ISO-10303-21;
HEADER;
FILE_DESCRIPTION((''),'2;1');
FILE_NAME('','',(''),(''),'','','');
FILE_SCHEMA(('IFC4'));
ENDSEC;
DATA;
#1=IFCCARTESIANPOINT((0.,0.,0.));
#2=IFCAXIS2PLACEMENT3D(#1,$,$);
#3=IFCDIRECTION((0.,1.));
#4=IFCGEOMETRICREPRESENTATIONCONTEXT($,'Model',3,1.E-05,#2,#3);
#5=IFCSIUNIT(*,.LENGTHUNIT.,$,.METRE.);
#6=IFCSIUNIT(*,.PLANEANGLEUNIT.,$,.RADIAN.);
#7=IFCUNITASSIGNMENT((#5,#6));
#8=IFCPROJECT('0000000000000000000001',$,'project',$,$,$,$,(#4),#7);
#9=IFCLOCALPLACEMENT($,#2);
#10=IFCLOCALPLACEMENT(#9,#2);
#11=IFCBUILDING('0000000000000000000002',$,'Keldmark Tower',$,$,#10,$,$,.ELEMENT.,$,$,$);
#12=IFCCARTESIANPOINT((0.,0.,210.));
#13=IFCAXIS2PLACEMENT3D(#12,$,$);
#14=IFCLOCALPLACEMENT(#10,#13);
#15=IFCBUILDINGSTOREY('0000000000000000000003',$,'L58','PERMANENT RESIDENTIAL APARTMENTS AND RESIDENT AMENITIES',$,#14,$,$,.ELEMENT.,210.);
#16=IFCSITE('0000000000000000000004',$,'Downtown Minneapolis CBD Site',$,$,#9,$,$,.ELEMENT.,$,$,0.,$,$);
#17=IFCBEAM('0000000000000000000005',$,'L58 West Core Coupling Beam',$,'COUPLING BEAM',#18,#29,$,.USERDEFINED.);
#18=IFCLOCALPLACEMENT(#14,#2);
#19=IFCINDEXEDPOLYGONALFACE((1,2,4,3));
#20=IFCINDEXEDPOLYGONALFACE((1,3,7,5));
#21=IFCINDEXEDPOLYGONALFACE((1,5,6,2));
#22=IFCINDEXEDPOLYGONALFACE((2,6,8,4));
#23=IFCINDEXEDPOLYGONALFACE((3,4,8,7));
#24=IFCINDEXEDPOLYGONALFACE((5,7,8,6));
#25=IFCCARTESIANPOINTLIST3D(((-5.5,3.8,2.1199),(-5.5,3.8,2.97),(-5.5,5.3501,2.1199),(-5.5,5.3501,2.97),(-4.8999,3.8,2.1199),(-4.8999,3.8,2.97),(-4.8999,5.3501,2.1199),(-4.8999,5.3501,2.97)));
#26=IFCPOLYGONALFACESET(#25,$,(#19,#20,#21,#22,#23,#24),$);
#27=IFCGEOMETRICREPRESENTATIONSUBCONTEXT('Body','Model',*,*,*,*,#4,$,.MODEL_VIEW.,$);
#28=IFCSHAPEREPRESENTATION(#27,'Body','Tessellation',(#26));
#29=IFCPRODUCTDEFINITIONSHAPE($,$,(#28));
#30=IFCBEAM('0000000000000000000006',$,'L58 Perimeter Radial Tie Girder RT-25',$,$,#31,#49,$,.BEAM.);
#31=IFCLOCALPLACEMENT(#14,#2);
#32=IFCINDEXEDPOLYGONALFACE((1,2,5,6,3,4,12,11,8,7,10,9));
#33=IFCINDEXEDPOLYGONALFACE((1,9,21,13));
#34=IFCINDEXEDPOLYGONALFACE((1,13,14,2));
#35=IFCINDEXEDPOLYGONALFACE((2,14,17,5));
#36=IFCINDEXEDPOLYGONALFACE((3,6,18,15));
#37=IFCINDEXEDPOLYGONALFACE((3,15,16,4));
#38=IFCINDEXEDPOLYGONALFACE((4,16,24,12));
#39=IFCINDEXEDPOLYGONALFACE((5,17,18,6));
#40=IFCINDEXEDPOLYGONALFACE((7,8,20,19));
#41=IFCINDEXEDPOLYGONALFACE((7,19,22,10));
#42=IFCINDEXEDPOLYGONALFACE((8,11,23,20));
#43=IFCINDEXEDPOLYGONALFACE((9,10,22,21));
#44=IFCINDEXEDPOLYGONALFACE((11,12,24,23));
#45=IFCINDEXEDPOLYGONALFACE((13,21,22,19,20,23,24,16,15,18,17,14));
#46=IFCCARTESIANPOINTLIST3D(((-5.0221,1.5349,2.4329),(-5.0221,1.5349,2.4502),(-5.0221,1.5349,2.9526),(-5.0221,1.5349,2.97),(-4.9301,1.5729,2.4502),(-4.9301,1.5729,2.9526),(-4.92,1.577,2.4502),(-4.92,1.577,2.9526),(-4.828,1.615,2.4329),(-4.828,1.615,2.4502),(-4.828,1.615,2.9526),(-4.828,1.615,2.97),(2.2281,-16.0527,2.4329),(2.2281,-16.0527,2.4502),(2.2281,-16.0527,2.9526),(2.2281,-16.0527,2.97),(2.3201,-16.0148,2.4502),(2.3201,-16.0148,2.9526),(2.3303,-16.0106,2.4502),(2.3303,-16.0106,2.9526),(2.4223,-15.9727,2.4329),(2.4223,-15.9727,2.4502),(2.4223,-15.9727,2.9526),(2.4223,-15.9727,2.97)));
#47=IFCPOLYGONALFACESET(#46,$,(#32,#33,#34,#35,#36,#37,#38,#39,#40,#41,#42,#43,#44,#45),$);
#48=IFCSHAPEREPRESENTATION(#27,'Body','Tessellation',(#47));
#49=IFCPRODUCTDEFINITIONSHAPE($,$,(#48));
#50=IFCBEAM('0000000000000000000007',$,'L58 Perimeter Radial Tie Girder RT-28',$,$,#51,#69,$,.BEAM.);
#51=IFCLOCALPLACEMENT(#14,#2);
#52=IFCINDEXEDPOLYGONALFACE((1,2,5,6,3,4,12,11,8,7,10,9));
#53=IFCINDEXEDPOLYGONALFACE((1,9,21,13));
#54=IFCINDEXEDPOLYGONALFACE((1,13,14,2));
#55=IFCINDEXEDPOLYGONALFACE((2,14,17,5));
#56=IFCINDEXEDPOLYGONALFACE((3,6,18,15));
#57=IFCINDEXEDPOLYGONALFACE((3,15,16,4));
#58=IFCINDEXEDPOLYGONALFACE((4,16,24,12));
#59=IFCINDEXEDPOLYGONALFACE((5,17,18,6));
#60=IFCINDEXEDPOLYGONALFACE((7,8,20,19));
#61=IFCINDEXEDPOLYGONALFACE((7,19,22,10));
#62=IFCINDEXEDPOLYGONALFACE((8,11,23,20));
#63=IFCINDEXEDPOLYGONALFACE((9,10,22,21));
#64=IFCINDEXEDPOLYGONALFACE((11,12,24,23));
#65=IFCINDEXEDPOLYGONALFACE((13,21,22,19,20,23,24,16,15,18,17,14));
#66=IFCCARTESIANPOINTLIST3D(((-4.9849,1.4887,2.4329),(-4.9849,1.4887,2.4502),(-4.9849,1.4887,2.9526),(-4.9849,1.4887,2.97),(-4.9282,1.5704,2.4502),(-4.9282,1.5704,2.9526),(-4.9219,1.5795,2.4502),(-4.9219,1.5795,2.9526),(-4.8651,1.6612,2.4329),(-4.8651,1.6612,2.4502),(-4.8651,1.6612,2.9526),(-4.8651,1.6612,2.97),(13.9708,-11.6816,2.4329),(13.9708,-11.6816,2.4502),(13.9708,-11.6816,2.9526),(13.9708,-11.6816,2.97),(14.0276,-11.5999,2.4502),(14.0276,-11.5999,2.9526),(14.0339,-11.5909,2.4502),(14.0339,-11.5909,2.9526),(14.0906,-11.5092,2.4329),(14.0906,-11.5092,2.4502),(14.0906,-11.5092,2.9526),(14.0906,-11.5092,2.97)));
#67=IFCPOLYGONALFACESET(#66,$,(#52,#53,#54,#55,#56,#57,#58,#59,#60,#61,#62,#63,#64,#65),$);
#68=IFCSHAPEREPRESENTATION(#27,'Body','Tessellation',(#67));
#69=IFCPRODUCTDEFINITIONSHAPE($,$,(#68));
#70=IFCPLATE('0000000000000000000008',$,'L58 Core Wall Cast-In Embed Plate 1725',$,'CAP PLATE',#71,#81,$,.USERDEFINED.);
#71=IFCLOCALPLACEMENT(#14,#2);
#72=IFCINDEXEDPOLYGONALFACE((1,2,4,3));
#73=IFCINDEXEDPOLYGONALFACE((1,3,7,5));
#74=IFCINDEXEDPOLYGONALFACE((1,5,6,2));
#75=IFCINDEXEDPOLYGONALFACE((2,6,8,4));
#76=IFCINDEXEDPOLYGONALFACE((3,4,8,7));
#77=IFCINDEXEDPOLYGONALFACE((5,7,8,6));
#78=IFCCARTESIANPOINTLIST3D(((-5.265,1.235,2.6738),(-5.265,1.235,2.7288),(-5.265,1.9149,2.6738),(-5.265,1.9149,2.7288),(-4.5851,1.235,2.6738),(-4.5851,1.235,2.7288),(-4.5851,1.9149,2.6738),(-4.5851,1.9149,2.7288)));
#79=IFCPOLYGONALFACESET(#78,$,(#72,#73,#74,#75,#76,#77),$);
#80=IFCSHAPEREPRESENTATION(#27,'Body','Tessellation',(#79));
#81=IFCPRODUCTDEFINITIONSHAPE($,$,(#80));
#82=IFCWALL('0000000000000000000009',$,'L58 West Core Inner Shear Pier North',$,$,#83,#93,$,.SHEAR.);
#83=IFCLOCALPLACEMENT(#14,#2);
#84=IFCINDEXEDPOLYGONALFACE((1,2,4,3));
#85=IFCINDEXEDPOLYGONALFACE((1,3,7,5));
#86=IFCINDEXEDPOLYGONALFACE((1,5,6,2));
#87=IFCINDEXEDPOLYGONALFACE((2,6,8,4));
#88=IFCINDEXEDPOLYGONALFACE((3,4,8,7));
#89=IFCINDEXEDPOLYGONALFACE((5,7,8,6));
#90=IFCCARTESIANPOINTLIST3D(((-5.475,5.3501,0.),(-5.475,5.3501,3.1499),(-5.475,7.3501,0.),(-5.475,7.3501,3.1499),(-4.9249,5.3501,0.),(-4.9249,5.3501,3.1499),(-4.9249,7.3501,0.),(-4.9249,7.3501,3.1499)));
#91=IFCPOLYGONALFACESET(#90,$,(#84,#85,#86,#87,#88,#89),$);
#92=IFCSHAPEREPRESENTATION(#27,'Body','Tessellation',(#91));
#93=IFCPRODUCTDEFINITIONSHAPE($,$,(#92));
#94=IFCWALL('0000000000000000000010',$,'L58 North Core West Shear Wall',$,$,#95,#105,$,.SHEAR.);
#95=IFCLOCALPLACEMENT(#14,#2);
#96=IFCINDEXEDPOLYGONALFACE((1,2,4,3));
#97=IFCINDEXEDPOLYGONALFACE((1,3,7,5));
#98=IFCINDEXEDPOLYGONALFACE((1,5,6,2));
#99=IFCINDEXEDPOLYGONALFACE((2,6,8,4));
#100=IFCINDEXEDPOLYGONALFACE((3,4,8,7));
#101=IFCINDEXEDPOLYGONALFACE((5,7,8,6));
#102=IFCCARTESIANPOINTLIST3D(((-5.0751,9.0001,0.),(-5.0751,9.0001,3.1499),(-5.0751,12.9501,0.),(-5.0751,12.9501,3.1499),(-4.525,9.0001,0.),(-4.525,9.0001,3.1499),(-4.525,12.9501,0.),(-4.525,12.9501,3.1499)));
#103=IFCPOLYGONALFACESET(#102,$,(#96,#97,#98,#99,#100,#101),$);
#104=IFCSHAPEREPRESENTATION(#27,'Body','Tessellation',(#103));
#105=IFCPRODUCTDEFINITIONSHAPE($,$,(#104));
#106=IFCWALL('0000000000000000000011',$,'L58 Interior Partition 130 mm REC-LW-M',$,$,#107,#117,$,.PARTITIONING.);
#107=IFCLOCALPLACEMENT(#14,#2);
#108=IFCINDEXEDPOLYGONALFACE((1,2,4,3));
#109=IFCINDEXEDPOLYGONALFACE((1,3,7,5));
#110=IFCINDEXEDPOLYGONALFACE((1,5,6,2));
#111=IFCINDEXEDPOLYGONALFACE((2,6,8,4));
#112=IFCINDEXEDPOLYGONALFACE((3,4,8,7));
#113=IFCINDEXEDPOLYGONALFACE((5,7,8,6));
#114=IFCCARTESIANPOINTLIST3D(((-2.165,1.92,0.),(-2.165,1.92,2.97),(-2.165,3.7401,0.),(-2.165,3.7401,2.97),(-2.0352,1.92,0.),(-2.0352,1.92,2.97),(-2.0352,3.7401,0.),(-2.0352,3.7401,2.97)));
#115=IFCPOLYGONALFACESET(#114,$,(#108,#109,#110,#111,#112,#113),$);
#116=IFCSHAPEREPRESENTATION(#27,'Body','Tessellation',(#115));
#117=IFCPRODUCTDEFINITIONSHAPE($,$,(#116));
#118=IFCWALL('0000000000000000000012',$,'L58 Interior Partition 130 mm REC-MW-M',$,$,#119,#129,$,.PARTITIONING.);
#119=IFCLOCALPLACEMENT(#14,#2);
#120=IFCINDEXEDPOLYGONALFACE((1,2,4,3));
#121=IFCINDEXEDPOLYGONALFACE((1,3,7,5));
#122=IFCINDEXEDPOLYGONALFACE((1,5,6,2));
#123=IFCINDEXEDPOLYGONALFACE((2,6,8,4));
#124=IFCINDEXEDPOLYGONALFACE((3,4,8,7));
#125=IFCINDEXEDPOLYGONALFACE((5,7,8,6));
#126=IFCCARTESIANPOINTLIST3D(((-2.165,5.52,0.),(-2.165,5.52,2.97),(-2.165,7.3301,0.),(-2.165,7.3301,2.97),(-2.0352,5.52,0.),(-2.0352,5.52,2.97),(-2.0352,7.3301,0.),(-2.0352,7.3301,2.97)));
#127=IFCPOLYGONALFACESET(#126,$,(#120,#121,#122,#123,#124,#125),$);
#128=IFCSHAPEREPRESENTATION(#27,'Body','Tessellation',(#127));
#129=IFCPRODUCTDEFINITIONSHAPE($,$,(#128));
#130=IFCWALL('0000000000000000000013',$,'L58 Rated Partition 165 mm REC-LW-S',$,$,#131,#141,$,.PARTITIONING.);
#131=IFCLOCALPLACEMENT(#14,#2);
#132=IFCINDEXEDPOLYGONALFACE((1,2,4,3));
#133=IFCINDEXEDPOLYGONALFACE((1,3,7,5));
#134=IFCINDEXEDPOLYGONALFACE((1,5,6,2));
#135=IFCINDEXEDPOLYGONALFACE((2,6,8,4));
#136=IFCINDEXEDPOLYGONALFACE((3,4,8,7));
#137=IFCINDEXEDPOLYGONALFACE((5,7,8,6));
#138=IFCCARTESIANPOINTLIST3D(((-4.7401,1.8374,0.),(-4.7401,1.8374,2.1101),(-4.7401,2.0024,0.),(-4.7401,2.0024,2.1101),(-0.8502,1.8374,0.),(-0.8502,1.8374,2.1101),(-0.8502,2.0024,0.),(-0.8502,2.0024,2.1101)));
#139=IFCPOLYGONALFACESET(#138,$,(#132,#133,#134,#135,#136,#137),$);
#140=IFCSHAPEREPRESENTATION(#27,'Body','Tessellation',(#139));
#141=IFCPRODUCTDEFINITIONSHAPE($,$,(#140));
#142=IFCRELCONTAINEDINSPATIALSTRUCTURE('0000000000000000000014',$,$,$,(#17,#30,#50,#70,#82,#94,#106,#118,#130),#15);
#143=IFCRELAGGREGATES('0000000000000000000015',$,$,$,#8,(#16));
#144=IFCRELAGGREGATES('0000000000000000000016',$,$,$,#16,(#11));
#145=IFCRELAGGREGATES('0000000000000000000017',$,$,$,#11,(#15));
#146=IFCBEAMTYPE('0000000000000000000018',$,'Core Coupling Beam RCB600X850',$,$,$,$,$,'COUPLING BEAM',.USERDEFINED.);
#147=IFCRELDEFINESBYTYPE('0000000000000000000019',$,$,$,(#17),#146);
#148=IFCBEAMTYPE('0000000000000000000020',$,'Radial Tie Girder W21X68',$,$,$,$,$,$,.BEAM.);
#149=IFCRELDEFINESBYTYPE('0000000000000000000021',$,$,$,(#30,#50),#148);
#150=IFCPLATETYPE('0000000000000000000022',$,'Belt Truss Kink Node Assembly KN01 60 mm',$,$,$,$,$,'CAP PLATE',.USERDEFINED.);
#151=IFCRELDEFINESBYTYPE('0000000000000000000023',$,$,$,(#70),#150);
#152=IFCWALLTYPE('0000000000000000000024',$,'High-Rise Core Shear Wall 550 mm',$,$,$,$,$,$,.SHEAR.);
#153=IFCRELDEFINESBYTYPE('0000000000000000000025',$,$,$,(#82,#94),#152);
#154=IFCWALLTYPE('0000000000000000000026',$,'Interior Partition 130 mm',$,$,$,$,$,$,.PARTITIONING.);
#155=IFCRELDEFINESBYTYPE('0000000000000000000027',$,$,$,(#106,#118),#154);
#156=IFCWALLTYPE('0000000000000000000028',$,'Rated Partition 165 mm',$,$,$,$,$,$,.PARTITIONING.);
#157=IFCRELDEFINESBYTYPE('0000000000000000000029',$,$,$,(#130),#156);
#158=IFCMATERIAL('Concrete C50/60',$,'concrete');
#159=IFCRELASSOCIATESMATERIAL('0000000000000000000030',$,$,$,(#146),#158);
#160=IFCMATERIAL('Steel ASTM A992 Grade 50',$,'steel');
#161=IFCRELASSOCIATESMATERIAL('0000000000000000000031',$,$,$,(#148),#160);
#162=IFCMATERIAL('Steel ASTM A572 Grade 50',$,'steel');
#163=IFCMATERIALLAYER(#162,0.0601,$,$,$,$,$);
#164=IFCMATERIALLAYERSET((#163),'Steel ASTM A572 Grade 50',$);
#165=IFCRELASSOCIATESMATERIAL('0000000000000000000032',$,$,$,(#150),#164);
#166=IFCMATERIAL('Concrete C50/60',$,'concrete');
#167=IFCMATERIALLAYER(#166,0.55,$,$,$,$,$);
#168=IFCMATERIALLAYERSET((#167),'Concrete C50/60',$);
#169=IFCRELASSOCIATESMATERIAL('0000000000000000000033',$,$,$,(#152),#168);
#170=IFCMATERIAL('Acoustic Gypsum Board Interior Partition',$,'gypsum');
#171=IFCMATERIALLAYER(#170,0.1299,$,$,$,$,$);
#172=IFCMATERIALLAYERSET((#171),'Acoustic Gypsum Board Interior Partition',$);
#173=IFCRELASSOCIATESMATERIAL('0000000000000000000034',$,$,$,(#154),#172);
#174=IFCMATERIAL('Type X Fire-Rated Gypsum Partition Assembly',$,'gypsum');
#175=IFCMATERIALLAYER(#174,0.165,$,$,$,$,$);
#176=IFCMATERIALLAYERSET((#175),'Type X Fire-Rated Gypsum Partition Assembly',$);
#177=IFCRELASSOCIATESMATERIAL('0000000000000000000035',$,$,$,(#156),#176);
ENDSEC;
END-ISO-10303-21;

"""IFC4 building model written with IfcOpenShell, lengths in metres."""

from ifc_helpers import new_model, si_unit, direction, frame, frame_2d, origin, origin_2d, place, context, subcontext, project, spatial, rectangle, i_section, extrude, material, layer, layer_set, material_profile, profile_set, type_object, element, save


model = new_model("IFC4")

# Units and contexts
model_context = context("Model", 3, precision=1e-05, world=origin(), true_north=direction((0.0, 1.0)))
body_context = subcontext(model_context, "Body", "Model", "MODEL_VIEW")
ifc_project = project(units=[si_unit("LENGTHUNIT", "METRE"), si_unit("PLANEANGLEUNIT", "RADIAN")], contexts=[model_context])

# Site, building, storey
site_placement = place(None, origin())
site = spatial("IfcSite", under=ifc_project, at=site_placement, Name="Downtown Minneapolis CBD Site", CompositionType="ELEMENT", RefElevation=0.0)
building_placement = place(site_placement, origin())
building = spatial("IfcBuilding", under=site, at=building_placement, Name="Keldmark Tower", CompositionType="ELEMENT")
storey_placement = place(building_placement, frame((0.0, 0.0, 210.0)))
storey = spatial("IfcBuildingStorey", under=building, at=storey_placement, Name="L58", Description="PERMANENT RESIDENTIAL APARTMENTS AND RESIDENT AMENITIES", CompositionType="ELEMENT", Elevation=210.0)

# Beams
ifc_material_1 = material(Name="Concrete C50/60", Category="concrete")
ifc_material_profile_1 = material_profile(ifc_material_1, rectangle(XDim=0.6001, YDim=0.8501, at=origin_2d()), Name="RCB600X850")
ifc_profile_set_1 = profile_set([ifc_material_profile_1], Name="Concrete C50/60")
beam_type_1 = type_object("IfcBeamType", Name="Core Coupling Beam RCB600X850", ElementType="COUPLING BEAM", PredefinedType="USERDEFINED", material=ifc_profile_set_1)
beam_1_placement = place(storey_placement, frame((-5.2, 3.8, 2.5449), z_axis=(0.0, 1.0, 0.0), x_axis=(-1.0, 0.0, 0.0)))
element("IfcBeam", 1, at=beam_1_placement, inside=storey, type_object=beam_type_1, Name="L58 West Core Coupling Beam", ObjectType="COUPLING BEAM", PredefinedType="USERDEFINED", context=body_context, shape_type="SweptSolid", body=[
    extrude(rectangle(XDim=0.6001, YDim=0.8501, at=origin_2d()), origin(), (0.0, 0.0, 1.0), 1.55),
])
ifc_material_2 = material(Name="Steel ASTM A992 Grade 50", Category="steel")
ifc_material_profile_2 = material_profile(ifc_material_2, i_section(OverallWidth=0.21, OverallDepth=0.5371, WebThickness=0.011, FlangeThickness=0.0173, at=origin_2d()), Name="W21X68")
ifc_profile_set_2 = profile_set([ifc_material_profile_2], Name="Steel ASTM A992 Grade 50")
beam_type_2 = type_object("IfcBeamType", Name="Radial Tie Girder W21X68", PredefinedType="BEAM", material=ifc_profile_set_2)
beam_2_placement = place(storey_placement, frame((-4.925, 1.575, 2.7014), z_axis=(0.381122, -0.924525, 0.0), x_axis=(0.924525, 0.381122, 0.0)))
element("IfcBeam", 2, at=beam_2_placement, inside=storey, type_object=beam_type_2, Name="L58 Perimeter Radial Tie Girder RT-25", PredefinedType="BEAM", context=body_context, shape_type="SweptSolid", body=[
    extrude(i_section(OverallWidth=0.21, OverallDepth=0.5371, WebThickness=0.011, FlangeThickness=0.0173, at=origin_2d()), origin(), (0.0, 0.0, 1.0), 19.0234),
])
beam_3_placement = place(storey_placement, frame((-4.925, 1.575, 2.7014), z_axis=(0.821235, -0.57059, 0.0), x_axis=(0.57059, 0.821235, 0.0)))
element("IfcBeam", 3, at=beam_3_placement, inside=storey, type_object=beam_type_2, Name="L58 Perimeter Radial Tie Girder RT-28", PredefinedType="BEAM", context=body_context, shape_type="SweptSolid", body=[
    extrude(i_section(OverallWidth=0.21, OverallDepth=0.5371, WebThickness=0.011, FlangeThickness=0.0173, at=origin_2d()), origin(), (0.0, 0.0, 1.0), 23.082),
])

# Plate
ifc_material_3 = material(Name="Steel ASTM A572 Grade 50", Category="steel")
ifc_layer_1 = layer(ifc_material_3, 0.0601)
ifc_layer_set_1 = layer_set([ifc_layer_1], Name="Steel ASTM A572 Grade 50")
plate_type = type_object("IfcPlateType", Name="Belt Truss Kink Node Assembly KN01 60 mm", ElementType="CAP PLATE", PredefinedType="USERDEFINED", material=ifc_layer_set_1)
plate_placement = place(storey_placement, frame((-4.925, 1.575, 2.6738), z_axis=(0.0, 0.0, 1.0), x_axis=(1.0, 0.0, 0.0)))
element("IfcPlate", 4, at=plate_placement, inside=storey, type_object=plate_type, Name="L58 Core Wall Cast-In Embed Plate 1725", ObjectType="CAP PLATE", PredefinedType="USERDEFINED", context=body_context, shape_type="SweptSolid", body=[
    extrude(rectangle(XDim=0.6799, YDim=0.6799, at=origin_2d()), origin(), (0.0, 0.0, 1.0), 0.0549),
])

# Shared definitions
ifc_material_4 = material(Name="Concrete C50/60", Category="concrete")
ifc_layer_2 = layer(ifc_material_4, 0.55)
ifc_layer_set_2 = layer_set([ifc_layer_2], Name="Concrete C50/60")
wall_type_1 = type_object("IfcWallType", Name="High-Rise Core Shear Wall 550 mm", PredefinedType="SHEAR", material=ifc_layer_set_2)

# Walls
wall_1_placement = place(storey_placement, frame((-5.2, 5.3501, 0.0), z_axis=(0.0, 0.0, 1.0), x_axis=(0.0, 1.0, 0.0)))
element("IfcWall", 5, at=wall_1_placement, inside=storey, type_object=wall_type_1, Name="L58 West Core Inner Shear Pier North", PredefinedType="SHEAR", context=body_context, shape_type="SweptSolid", body=[
    extrude(rectangle(XDim=2.0, YDim=0.55, at=frame_2d((1.0, 0.0))), origin(), (0.0, 0.0, 1.0), 3.1499),
])
wall_2_placement = place(storey_placement, frame((-4.8, 9.0, 0.0), z_axis=(0.0, 0.0, 1.0), x_axis=(0.0, 1.0, 0.0)))
element("IfcWall", 6, at=wall_2_placement, inside=storey, type_object=wall_type_1, Name="L58 North Core West Shear Wall", PredefinedType="SHEAR", context=body_context, shape_type="SweptSolid", body=[
    extrude(rectangle(XDim=3.95, YDim=0.55, at=frame_2d((1.9751, 0.0))), origin(), (0.0, 0.0, 1.0), 3.1499),
])
ifc_material_5 = material(Name="Acoustic Gypsum Board Interior Partition", Category="gypsum")
ifc_layer_3 = layer(ifc_material_5, 0.1299)
ifc_layer_set_3 = layer_set([ifc_layer_3], Name="Acoustic Gypsum Board Interior Partition")
wall_type_2 = type_object("IfcWallType", Name="Interior Partition 130 mm", PredefinedType="PARTITIONING", material=ifc_layer_set_3)
wall_3_placement = place(storey_placement, frame((-2.1001, 1.9199, 0.0), z_axis=(0.0, 0.0, 1.0), x_axis=(0.0, 1.0, 0.0)))
element("IfcWall", 7, at=wall_3_placement, inside=storey, type_object=wall_type_2, Name="L58 Interior Partition 130 mm REC-LW-M", PredefinedType="PARTITIONING", context=body_context, shape_type="SweptSolid", body=[
    extrude(rectangle(XDim=1.8201, YDim=0.1299, at=frame_2d((0.9102, 0.0))), origin(), (0.0, 0.0, 1.0), 2.97),
])
wall_4_placement = place(storey_placement, frame((-2.1001, 5.52, 0.0), z_axis=(0.0, 0.0, 1.0), x_axis=(0.0, 1.0, 0.0)))
element("IfcWall", 8, at=wall_4_placement, inside=storey, type_object=wall_type_2, Name="L58 Interior Partition 130 mm REC-MW-M", PredefinedType="PARTITIONING", context=body_context, shape_type="SweptSolid", body=[
    extrude(rectangle(XDim=1.8101, YDim=0.1299, at=frame_2d((0.905, 0.0))), origin(), (0.0, 0.0, 1.0), 2.97),
])
ifc_material_6 = material(Name="Type X Fire-Rated Gypsum Partition Assembly", Category="gypsum")
ifc_layer_4 = layer(ifc_material_6, 0.165)
ifc_layer_set_4 = layer_set([ifc_layer_4], Name="Type X Fire-Rated Gypsum Partition Assembly")
wall_type_3 = type_object("IfcWallType", Name="Rated Partition 165 mm", PredefinedType="PARTITIONING", material=ifc_layer_set_4)
wall_5_placement = place(storey_placement, frame((-4.74, 1.9199, 0.0), z_axis=(0.0, 0.0, 1.0), x_axis=(1.0, 0.0, 0.0)))
element("IfcWall", 9, at=wall_5_placement, inside=storey, type_object=wall_type_3, Name="L58 Rated Partition 165 mm REC-LW-S", PredefinedType="PARTITIONING", context=body_context, shape_type="SweptSolid", body=[
    extrude(rectangle(XDim=3.8899, YDim=0.165, at=frame_2d((1.9448, 0.0))), origin(), (0.0, 0.0, 1.0), 2.1101),
])

save(model, "model.ifc")
